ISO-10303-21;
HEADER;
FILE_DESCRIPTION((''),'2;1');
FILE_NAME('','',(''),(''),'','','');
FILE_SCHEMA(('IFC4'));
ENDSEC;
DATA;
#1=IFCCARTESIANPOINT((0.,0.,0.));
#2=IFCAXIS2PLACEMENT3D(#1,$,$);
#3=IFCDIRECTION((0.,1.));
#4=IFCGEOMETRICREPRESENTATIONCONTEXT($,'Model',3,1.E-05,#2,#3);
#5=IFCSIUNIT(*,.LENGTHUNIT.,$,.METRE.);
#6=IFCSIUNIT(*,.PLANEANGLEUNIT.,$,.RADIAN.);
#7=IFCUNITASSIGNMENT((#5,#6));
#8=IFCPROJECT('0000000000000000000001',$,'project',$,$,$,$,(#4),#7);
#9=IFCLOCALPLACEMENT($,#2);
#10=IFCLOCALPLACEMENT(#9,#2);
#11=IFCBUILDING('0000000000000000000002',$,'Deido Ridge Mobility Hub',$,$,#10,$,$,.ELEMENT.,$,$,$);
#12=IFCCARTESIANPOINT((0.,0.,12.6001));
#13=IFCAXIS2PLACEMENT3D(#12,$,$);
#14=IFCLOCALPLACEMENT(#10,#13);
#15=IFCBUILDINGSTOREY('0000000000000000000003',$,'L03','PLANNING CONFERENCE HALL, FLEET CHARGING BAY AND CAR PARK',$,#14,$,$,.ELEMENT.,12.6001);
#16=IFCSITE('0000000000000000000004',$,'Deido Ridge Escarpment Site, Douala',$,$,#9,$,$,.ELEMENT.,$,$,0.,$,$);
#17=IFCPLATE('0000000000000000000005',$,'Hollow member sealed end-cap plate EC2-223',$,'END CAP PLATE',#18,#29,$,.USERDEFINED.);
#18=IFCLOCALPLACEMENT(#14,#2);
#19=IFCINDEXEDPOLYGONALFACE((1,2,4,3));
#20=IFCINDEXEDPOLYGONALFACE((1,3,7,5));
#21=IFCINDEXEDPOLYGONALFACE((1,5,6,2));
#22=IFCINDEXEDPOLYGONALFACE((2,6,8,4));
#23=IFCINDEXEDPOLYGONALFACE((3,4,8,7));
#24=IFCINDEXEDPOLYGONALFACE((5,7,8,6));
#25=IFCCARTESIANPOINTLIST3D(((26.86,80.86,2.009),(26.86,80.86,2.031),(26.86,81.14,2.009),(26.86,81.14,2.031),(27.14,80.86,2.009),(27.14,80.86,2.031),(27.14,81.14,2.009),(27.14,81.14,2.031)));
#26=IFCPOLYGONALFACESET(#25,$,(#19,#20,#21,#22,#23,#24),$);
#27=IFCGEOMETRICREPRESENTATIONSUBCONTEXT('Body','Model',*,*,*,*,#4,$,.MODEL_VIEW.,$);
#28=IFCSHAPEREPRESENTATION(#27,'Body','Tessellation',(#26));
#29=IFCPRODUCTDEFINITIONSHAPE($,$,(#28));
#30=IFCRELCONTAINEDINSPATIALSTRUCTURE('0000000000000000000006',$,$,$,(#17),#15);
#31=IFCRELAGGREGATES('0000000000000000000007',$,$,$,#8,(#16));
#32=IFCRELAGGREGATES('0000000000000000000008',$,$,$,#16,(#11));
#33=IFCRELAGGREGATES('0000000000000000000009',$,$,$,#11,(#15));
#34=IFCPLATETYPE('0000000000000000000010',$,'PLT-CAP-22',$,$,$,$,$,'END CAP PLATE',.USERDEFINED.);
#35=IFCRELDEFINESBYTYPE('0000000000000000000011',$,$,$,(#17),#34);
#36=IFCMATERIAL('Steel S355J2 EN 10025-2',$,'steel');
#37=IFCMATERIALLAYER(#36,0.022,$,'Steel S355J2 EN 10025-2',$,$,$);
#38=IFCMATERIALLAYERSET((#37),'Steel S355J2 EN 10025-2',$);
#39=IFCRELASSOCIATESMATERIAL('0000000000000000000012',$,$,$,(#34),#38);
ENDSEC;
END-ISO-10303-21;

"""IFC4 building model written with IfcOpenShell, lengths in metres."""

from ifc_helpers import new_model, si_unit, direction, frame, origin, origin_2d, place, context, subcontext, project, spatial, rectangle, extrude, material, layer, layer_set, type_object, element, save


model = new_model("IFC4")

# Units and contexts
model_context = context("Model", 3, precision=1e-05, world=origin(), true_north=direction((0.0, 1.0)))
body_context = subcontext(model_context, "Body", "Model", "MODEL_VIEW")
ifc_project = project(units=[si_unit("LENGTHUNIT", "METRE"), si_unit("PLANEANGLEUNIT", "RADIAN")], contexts=[model_context])

# Site, building, storey
site_placement = place(None, origin())
site = spatial("IfcSite", under=ifc_project, at=site_placement, Name="Deido Ridge Escarpment Site, Douala", CompositionType="ELEMENT", RefElevation=0.0)
building_placement = place(site_placement, origin())
building = spatial("IfcBuilding", under=site, at=building_placement, Name="Deido Ridge Mobility Hub", CompositionType="ELEMENT")
storey_placement = place(building_placement, frame((0.0, 0.0, 12.6001)))
storey = spatial("IfcBuildingStorey", under=building, at=storey_placement, Name="L03", Description="PLANNING CONFERENCE HALL, FLEET CHARGING BAY AND CAR PARK", CompositionType="ELEMENT", Elevation=12.6001)

# Shared definitions
ifc_material_1 = material(Name="Steel S355J2 EN 10025-2", Category="steel")

# Plate
ifc_layer_1 = layer(ifc_material_1, 0.022, Name="Steel S355J2 EN 10025-2")
ifc_layer_set_1 = layer_set([ifc_layer_1], Name="Steel S355J2 EN 10025-2")
plate_type_1 = type_object("IfcPlateType", Name="PLT-CAP-22", ElementType="END CAP PLATE", PredefinedType="USERDEFINED", material=ifc_layer_set_1)
for number, where, z_axis, x_axis, name in (
    (1, (27.0, 81.0, 2.009), (0.0, 0.0, 1.0), (1.0, 0.0, 0.0), "Hollow member sealed end-cap plate EC2-223"),
):
    element("IfcPlate", number, at=place(storey_placement, frame(where, z_axis=z_axis, x_axis=x_axis)), inside=storey, type_object=plate_type_1, Name=name, ObjectType="END CAP PLATE", PredefinedType="USERDEFINED", context=body_context, shape_type="SweptSolid", body=[
        extrude(rectangle(XDim=0.28, YDim=0.28, at=origin_2d()), origin(), (0.0, 0.0, 1.0), 0.022),
    ])

save(model, "model.ifc")
